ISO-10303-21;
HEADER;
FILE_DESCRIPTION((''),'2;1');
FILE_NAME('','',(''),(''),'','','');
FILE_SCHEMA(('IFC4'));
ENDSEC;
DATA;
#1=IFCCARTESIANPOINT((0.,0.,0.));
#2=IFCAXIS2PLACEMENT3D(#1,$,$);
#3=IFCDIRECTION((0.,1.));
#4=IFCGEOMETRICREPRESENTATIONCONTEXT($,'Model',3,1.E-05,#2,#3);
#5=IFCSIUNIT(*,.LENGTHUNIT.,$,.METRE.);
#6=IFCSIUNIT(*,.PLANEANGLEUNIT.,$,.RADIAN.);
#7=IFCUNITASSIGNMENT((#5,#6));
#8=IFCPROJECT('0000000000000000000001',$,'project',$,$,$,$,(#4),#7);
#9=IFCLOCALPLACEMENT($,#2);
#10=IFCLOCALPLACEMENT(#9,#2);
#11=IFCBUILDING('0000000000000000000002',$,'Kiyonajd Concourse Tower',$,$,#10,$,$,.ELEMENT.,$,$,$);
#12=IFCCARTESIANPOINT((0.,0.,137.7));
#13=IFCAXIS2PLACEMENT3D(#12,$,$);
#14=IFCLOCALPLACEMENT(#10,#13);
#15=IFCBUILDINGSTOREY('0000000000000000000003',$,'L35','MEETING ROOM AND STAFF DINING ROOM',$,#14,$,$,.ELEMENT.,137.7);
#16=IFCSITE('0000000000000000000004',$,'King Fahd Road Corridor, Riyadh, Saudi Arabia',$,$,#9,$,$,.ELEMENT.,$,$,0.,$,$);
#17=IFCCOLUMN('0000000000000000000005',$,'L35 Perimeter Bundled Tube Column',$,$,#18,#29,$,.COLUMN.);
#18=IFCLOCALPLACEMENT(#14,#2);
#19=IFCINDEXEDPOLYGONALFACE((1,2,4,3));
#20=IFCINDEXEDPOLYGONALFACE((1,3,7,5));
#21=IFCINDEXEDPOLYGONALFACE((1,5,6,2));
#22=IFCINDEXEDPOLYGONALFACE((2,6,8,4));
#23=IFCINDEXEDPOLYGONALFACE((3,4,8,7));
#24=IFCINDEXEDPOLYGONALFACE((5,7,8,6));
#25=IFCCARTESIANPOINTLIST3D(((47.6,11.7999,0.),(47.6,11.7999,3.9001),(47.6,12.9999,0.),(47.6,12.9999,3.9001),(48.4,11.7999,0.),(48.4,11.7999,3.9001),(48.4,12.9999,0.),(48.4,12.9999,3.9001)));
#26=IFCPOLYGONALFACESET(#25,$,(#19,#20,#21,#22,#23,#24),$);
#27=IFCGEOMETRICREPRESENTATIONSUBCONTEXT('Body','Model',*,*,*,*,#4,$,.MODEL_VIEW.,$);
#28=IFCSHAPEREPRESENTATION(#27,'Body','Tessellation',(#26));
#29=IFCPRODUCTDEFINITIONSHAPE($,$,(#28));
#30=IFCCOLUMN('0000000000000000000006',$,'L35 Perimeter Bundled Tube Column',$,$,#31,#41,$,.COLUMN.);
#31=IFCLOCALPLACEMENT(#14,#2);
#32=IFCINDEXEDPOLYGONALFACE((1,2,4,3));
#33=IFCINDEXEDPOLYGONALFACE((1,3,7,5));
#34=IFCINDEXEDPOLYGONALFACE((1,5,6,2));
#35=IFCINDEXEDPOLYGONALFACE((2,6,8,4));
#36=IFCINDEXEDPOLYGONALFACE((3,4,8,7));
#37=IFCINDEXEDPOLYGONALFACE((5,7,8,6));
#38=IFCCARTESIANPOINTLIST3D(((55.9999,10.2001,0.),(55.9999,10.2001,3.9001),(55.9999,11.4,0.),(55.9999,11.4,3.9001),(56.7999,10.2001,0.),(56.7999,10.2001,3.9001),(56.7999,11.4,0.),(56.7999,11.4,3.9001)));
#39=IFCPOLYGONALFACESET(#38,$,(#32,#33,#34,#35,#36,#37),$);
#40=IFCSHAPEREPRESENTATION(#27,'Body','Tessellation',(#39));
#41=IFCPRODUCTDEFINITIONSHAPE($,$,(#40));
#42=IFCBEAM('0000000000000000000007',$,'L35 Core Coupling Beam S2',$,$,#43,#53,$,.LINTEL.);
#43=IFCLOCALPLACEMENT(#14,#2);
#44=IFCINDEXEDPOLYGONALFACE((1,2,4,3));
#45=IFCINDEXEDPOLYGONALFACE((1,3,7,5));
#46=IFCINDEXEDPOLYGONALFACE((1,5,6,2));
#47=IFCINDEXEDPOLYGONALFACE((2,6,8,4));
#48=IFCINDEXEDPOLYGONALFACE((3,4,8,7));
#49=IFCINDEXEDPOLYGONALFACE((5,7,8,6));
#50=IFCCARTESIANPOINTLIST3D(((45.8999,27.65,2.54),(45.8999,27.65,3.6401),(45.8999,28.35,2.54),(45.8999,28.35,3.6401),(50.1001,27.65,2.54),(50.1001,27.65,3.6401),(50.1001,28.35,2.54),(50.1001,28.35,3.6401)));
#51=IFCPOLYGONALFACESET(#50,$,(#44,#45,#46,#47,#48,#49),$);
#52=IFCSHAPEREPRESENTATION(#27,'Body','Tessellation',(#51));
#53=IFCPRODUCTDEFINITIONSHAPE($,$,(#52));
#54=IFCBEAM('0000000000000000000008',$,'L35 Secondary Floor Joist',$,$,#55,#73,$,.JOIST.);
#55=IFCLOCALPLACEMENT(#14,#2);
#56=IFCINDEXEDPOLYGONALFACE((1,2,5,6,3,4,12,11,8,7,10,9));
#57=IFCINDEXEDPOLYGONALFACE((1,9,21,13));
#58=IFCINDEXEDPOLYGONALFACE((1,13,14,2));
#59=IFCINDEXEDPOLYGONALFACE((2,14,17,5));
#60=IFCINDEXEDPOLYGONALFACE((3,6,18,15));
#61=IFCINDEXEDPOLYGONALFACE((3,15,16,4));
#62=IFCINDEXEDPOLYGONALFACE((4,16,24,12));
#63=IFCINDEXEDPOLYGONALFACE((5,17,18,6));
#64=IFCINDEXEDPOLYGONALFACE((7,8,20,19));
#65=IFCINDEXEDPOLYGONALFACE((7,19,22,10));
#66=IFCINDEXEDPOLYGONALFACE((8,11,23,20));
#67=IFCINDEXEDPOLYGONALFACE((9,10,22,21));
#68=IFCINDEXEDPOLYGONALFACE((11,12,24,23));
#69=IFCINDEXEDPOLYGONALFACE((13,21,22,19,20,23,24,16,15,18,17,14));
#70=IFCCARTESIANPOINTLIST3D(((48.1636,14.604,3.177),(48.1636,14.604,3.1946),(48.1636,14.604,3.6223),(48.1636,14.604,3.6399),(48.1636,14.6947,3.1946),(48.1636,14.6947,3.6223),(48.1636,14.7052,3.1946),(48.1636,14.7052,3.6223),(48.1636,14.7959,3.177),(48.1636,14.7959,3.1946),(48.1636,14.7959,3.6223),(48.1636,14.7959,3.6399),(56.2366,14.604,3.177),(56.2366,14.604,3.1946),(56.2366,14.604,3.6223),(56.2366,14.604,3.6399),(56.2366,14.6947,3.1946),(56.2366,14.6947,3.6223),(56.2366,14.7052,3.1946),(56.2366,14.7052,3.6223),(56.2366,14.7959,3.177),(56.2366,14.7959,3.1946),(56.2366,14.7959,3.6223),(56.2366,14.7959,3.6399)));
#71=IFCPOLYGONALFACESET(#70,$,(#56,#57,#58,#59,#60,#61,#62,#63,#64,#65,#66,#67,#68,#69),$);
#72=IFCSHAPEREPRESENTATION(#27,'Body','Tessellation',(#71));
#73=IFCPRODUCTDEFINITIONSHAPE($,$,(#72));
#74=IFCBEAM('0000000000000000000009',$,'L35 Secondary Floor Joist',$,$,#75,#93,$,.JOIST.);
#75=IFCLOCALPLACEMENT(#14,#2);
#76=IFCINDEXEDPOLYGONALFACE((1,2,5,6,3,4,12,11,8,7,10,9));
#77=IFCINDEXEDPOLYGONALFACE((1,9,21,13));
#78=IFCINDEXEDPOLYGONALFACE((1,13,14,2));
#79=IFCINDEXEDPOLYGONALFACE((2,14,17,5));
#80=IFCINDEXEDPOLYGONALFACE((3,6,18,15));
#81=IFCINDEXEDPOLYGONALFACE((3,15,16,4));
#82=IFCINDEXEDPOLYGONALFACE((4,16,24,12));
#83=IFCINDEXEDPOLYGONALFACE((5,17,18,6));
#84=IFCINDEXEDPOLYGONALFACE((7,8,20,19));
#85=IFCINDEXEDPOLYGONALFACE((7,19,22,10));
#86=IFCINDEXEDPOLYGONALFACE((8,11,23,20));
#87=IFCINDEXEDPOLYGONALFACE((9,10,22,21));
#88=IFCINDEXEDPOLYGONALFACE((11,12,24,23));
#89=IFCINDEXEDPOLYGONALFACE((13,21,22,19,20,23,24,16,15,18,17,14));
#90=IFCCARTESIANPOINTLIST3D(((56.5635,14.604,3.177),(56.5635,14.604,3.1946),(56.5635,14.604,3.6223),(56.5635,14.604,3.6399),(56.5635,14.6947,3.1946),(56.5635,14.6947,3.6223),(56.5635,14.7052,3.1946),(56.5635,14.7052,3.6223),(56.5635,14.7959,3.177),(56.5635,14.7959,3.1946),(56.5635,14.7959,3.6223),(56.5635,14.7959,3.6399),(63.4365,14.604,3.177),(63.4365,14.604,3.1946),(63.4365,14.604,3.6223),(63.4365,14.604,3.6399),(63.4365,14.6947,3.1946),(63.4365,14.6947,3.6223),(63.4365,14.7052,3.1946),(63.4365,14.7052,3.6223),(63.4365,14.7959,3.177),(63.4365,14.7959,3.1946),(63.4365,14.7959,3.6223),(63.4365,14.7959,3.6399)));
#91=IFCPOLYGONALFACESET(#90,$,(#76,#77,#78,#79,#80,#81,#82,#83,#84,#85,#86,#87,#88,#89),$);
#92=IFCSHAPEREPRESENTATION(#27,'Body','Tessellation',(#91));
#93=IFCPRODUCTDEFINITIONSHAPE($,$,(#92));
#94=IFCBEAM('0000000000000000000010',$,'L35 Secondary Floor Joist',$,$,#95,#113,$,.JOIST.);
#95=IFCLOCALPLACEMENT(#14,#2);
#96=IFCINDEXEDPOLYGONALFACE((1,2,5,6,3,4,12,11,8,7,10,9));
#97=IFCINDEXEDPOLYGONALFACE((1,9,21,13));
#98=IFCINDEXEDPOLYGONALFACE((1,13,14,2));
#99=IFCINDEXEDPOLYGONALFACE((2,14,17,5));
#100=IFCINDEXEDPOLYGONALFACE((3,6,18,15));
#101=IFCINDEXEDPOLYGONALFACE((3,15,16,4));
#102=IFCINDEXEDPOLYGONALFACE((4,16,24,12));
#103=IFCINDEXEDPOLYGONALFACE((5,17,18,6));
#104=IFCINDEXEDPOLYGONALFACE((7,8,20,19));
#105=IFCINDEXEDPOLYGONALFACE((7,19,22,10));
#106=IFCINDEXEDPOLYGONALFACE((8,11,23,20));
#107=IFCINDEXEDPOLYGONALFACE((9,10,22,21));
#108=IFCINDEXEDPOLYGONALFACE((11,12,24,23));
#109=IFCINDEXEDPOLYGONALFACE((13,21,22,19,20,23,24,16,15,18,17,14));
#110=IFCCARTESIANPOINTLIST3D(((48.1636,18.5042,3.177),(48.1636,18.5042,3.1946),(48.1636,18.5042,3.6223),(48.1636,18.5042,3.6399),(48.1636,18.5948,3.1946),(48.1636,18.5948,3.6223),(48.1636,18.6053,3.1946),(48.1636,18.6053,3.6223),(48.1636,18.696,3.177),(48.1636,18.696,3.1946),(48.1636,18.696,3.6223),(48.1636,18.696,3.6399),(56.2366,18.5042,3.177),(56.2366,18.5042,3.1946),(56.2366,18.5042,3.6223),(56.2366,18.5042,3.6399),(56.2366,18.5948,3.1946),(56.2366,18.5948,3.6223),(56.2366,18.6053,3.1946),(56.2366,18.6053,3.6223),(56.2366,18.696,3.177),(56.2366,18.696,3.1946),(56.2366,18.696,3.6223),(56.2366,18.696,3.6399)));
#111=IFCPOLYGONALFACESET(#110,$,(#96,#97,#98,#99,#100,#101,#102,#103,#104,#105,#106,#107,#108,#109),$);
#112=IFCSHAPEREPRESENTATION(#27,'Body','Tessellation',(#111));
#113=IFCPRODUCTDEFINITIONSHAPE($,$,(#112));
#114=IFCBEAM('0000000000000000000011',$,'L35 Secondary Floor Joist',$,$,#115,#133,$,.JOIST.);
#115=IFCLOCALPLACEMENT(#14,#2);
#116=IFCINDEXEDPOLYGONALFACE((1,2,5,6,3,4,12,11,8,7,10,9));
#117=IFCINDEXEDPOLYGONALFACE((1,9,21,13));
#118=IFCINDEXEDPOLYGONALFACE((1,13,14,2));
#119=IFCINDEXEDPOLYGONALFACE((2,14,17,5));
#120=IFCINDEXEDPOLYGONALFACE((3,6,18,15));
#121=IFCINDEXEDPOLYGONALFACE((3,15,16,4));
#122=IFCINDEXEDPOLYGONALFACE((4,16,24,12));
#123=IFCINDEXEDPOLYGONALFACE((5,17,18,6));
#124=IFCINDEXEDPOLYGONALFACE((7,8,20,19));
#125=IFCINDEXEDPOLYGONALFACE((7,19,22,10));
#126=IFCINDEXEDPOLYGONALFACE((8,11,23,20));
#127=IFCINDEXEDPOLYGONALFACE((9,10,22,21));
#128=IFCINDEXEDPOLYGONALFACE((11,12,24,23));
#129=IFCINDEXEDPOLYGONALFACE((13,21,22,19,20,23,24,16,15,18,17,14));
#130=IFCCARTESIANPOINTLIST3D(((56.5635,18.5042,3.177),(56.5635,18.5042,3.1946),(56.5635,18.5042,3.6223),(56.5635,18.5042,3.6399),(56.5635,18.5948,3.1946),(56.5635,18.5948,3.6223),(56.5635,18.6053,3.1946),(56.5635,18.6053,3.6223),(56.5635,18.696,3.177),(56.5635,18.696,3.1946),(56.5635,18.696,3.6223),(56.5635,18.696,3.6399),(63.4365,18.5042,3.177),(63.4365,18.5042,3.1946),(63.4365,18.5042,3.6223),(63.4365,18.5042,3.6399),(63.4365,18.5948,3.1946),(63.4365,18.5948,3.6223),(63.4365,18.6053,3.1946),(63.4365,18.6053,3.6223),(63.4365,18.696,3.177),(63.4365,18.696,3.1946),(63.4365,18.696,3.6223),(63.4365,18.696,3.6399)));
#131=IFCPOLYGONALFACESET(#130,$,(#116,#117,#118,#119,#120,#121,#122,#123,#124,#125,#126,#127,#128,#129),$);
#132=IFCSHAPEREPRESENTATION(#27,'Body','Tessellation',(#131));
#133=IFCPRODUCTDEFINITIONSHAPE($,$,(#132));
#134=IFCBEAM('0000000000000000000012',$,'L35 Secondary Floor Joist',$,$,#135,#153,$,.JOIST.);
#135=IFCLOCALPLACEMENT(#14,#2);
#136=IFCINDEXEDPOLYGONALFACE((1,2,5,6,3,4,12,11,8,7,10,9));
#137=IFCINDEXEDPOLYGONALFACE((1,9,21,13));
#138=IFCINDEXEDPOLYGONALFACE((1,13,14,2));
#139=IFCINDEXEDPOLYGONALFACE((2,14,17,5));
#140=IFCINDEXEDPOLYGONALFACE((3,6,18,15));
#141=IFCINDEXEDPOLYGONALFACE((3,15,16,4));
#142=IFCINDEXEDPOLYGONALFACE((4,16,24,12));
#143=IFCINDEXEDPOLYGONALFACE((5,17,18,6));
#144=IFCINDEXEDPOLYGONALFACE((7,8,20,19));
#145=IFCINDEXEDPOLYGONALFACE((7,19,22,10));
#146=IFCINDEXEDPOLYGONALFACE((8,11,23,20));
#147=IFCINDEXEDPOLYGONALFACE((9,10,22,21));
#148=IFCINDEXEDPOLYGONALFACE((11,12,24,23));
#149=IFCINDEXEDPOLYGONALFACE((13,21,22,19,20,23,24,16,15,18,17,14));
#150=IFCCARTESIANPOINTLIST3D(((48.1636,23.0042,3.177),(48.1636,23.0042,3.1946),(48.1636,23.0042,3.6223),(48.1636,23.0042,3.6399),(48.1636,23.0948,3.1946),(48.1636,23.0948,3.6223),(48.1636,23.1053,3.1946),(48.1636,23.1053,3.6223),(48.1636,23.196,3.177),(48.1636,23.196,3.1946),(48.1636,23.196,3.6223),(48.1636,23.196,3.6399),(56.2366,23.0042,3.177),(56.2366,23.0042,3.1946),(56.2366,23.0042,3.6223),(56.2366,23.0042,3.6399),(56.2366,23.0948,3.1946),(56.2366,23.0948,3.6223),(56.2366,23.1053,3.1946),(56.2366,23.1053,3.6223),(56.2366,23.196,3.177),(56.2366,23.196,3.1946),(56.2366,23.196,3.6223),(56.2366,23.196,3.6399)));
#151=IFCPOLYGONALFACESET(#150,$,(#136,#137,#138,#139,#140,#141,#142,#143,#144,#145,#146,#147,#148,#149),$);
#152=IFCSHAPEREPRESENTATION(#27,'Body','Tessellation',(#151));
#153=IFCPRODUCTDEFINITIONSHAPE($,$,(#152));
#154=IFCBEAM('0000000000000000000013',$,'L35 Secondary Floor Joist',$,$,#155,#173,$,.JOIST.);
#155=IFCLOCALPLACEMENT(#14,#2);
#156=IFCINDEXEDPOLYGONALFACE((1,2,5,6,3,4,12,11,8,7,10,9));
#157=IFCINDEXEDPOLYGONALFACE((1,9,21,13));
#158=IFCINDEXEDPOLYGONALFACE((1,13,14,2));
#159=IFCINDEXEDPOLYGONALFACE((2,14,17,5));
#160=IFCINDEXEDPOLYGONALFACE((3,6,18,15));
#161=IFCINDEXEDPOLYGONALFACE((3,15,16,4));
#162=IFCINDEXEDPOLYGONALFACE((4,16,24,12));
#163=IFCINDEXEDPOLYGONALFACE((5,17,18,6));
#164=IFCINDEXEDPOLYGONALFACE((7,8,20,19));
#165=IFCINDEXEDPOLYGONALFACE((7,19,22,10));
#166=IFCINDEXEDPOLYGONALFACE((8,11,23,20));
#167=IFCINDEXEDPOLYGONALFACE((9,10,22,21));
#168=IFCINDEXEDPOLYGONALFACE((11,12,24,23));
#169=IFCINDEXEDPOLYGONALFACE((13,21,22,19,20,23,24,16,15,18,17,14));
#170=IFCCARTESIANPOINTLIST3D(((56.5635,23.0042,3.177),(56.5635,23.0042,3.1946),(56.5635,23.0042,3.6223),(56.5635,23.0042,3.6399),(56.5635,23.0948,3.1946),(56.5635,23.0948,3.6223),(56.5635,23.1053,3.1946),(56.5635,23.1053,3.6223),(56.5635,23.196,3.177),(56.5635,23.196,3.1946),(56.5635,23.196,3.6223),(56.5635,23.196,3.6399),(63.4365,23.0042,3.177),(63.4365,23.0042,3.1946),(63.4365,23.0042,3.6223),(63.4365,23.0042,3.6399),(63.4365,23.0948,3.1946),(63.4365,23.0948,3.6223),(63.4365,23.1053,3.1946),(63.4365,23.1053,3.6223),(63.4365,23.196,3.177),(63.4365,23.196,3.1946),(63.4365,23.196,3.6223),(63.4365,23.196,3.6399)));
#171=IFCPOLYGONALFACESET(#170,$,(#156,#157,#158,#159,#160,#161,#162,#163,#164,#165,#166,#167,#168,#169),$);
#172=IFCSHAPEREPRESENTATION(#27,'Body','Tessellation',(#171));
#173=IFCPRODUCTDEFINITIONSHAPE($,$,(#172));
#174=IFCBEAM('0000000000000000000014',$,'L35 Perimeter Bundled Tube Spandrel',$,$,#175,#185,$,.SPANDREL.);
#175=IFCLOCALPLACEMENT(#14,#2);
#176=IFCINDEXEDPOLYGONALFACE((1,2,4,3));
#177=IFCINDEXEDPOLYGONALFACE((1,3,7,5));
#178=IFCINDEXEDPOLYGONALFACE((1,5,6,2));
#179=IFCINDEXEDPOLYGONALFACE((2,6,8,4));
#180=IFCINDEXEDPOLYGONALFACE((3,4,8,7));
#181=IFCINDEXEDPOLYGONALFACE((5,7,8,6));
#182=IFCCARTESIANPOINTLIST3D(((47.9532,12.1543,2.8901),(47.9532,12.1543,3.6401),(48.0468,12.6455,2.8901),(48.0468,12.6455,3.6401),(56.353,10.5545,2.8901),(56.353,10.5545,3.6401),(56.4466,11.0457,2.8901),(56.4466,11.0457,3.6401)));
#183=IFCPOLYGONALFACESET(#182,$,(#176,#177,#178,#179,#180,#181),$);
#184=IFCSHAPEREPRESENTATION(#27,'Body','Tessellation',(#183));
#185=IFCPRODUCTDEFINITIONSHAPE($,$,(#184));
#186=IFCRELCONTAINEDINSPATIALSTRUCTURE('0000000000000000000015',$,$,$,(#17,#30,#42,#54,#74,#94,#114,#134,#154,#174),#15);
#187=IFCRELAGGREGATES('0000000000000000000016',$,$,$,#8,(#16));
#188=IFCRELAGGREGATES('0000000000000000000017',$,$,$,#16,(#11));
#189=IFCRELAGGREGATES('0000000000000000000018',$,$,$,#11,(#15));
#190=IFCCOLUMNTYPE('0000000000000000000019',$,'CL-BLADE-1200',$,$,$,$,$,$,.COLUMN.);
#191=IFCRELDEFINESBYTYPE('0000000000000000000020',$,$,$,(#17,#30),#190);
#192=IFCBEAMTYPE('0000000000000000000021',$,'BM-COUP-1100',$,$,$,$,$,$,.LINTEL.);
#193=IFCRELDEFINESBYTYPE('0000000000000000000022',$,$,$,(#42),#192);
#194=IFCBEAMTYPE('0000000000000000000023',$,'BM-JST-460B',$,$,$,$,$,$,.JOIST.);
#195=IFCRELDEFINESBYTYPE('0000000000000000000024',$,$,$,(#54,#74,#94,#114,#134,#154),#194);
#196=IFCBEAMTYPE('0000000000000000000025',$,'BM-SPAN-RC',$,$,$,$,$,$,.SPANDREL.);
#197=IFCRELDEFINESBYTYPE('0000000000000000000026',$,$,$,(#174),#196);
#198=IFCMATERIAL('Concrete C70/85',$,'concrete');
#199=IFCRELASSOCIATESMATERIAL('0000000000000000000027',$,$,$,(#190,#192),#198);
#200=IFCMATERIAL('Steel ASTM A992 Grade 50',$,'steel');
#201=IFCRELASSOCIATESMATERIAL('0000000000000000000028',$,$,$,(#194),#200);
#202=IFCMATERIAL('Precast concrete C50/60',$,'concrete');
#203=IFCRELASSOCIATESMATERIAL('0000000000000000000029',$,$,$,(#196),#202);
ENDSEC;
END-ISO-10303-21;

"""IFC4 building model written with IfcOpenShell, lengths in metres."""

from ifc_helpers import new_model, si_unit, direction, frame, origin, origin_2d, place, context, subcontext, project, spatial, rectangle, i_section, extrude, material, material_profile, profile_set, type_object, element, save


model = new_model("IFC4")

# Units and contexts
model_context = context("Model", 3, precision=1e-05, world=origin(), true_north=direction((0.0, 1.0)))
body_context = subcontext(model_context, "Body", "Model", "MODEL_VIEW")
ifc_project = project(units=[si_unit("LENGTHUNIT", "METRE"), si_unit("PLANEANGLEUNIT", "RADIAN")], contexts=[model_context])

# Site, building, storey
site_placement = place(None, origin())
site = spatial("IfcSite", under=ifc_project, at=site_placement, Name="King Fahd Road Corridor, Riyadh, Saudi Arabia", CompositionType="ELEMENT", RefElevation=0.0)
building_placement = place(site_placement, origin())
building = spatial("IfcBuilding", under=site, at=building_placement, Name="Kiyonajd Concourse Tower", CompositionType="ELEMENT")
storey_placement = place(building_placement, frame((0.0, 0.0, 137.7)))
storey = spatial("IfcBuildingStorey", under=building, at=storey_placement, Name="L35", Description="MEETING ROOM AND STAFF DINING ROOM", CompositionType="ELEMENT", Elevation=137.7)

# Columns
ifc_material_1 = material(Name="Concrete C70/85", Category="concrete")
ifc_material_profile_1 = material_profile(ifc_material_1, rectangle(XDim=0.8, YDim=1.2, at=origin_2d()), Name="RC-1200x800")
ifc_profile_set_1 = profile_set([ifc_material_profile_1], Name="Concrete C70/85")
column_type = type_object("IfcColumnType", Name="CL-BLADE-1200", PredefinedType="COLUMN", material=ifc_profile_set_1)
for number, where, z_axis, x_axis, name in (
    (1, (48.0, 12.3999, 0.0), (0.0, 0.0, 1.0), (1.0, 0.0, 0.0), "L35 Perimeter Bundled Tube Column"),
    (2, (56.3999, 10.8, 0.0), (0.0, 0.0, 1.0), (1.0, 0.0, 0.0), "L35 Perimeter Bundled Tube Column"),
):
    element("IfcColumn", number, at=place(storey_placement, frame(where, z_axis=z_axis, x_axis=x_axis)), inside=storey, type_object=column_type, Name=name, PredefinedType="COLUMN", context=body_context, shape_type="SweptSolid", body=[
        extrude(rectangle(XDim=0.8, YDim=1.2, at=origin_2d()), origin(), (0.0, 0.0, 1.0), 3.9001),
    ])

# Beams
ifc_material_profile_2 = material_profile(ifc_material_1, rectangle(XDim=0.7, YDim=1.1001, at=origin_2d()), Name="RCBM-700x1100")
ifc_profile_set_2 = profile_set([ifc_material_profile_2], Name="Concrete C70/85")
beam_type_1 = type_object("IfcBeamType", Name="BM-COUP-1100", PredefinedType="LINTEL", material=ifc_profile_set_2)
beam_1_placement = place(storey_placement, frame((45.8999, 28.0, 3.0901), z_axis=(1.0, 0.0, 0.0), x_axis=(0.0, 1.0, 0.0)))
element("IfcBeam", 3, at=beam_1_placement, inside=storey, type_object=beam_type_1, Name="L35 Core Coupling Beam S2", PredefinedType="LINTEL", context=body_context, shape_type="SweptSolid", body=[
    extrude(rectangle(XDim=0.7, YDim=1.1001, at=origin_2d()), origin(), (0.0, 0.0, 1.0), 4.2002),
])
ifc_material_2 = material(Name="Steel ASTM A992 Grade 50", Category="steel")
ifc_material_profile_3 = material_profile(ifc_material_2, i_section(OverallWidth=0.1919, OverallDepth=0.4629, WebThickness=0.0105, FlangeThickness=0.0176, at=origin_2d()), Name="W460X89")
ifc_profile_set_3 = profile_set([ifc_material_profile_3], Name="Steel ASTM A992 Grade 50")
beam_type_2 = type_object("IfcBeamType", Name="BM-JST-460B", PredefinedType="JOIST", material=ifc_profile_set_3)
beam_2_placement = place(storey_placement, frame((48.1636, 14.7, 3.4084), z_axis=(1.0, 0.0, 0.0), x_axis=(0.0, 1.0, 0.0)))
element("IfcBeam", 4, at=beam_2_placement, inside=storey, type_object=beam_type_2, Name="L35 Secondary Floor Joist", PredefinedType="JOIST", context=body_context, shape_type="SweptSolid", body=[
    extrude(i_section(OverallWidth=0.1919, OverallDepth=0.4629, WebThickness=0.0105, FlangeThickness=0.0176, at=origin_2d()), origin(), (0.0, 0.0, 1.0), 8.073),
])
beam_3_placement = place(storey_placement, frame((56.5635, 14.7, 3.4084), z_axis=(1.0, 0.0, 0.0), x_axis=(0.0, 1.0, 0.0)))
element("IfcBeam", 5, at=beam_3_placement, inside=storey, type_object=beam_type_2, Name="L35 Secondary Floor Joist", PredefinedType="JOIST", context=body_context, shape_type="SweptSolid", body=[
    extrude(i_section(OverallWidth=0.1919, OverallDepth=0.4629, WebThickness=0.0105, FlangeThickness=0.0176, at=origin_2d()), origin(), (0.0, 0.0, 1.0), 6.873),
])
beam_4_placement = place(storey_placement, frame((48.1636, 18.6001, 3.4084), z_axis=(1.0, 0.0, 0.0), x_axis=(0.0, 1.0, 0.0)))
element("IfcBeam", 6, at=beam_4_placement, inside=storey, type_object=beam_type_2, Name="L35 Secondary Floor Joist", PredefinedType="JOIST", context=body_context, shape_type="SweptSolid", body=[
    extrude(i_section(OverallWidth=0.1919, OverallDepth=0.4629, WebThickness=0.0105, FlangeThickness=0.0176, at=origin_2d()), origin(), (0.0, 0.0, 1.0), 8.073),
])
beam_5_placement = place(storey_placement, frame((56.5635, 18.6001, 3.4084), z_axis=(1.0, 0.0, 0.0), x_axis=(0.0, 1.0, 0.0)))
element("IfcBeam", 7, at=beam_5_placement, inside=storey, type_object=beam_type_2, Name="L35 Secondary Floor Joist", PredefinedType="JOIST", context=body_context, shape_type="SweptSolid", body=[
    extrude(i_section(OverallWidth=0.1919, OverallDepth=0.4629, WebThickness=0.0105, FlangeThickness=0.0176, at=origin_2d()), origin(), (0.0, 0.0, 1.0), 6.873),
])
beam_6_placement = place(storey_placement, frame((48.1636, 23.1001, 3.4084), z_axis=(1.0, 0.0, 0.0), x_axis=(0.0, 1.0, 0.0)))
element("IfcBeam", 8, at=beam_6_placement, inside=storey, type_object=beam_type_2, Name="L35 Secondary Floor Joist", PredefinedType="JOIST", context=body_context, shape_type="SweptSolid", body=[
    extrude(i_section(OverallWidth=0.1919, OverallDepth=0.4629, WebThickness=0.0105, FlangeThickness=0.0176, at=origin_2d()), origin(), (0.0, 0.0, 1.0), 8.073),
])
beam_7_placement = place(storey_placement, frame((56.5635, 23.1001, 3.4084), z_axis=(1.0, 0.0, 0.0), x_axis=(0.0, 1.0, 0.0)))
element("IfcBeam", 9, at=beam_7_placement, inside=storey, type_object=beam_type_2, Name="L35 Secondary Floor Joist", PredefinedType="JOIST", context=body_context, shape_type="SweptSolid", body=[
    extrude(i_section(OverallWidth=0.1919, OverallDepth=0.4629, WebThickness=0.0105, FlangeThickness=0.0176, at=origin_2d()), origin(), (0.0, 0.0, 1.0), 6.873),
])
ifc_material_3 = material(Name="Precast concrete C50/60", Category="concrete")
ifc_material_profile_4 = material_profile(ifc_material_3, rectangle(XDim=0.5, YDim=0.75, at=origin_2d()), Name="RCBM-500x750")
ifc_profile_set_4 = profile_set([ifc_material_profile_4], Name="Precast concrete C50/60")
beam_type_3 = type_object("IfcBeamType", Name="BM-SPAN-RC", PredefinedType="SPANDREL", material=ifc_profile_set_4)
beam_8_placement = place(storey_placement, frame((48.0, 12.3999, 3.2651), z_axis=(0.982341, -0.187098, 0.0), x_axis=(0.187098, 0.982341, 0.0)))
element("IfcBeam", 10, at=beam_8_placement, inside=storey, type_object=beam_type_3, Name="L35 Perimeter Bundled Tube Spandrel", PredefinedType="SPANDREL", context=body_context, shape_type="SweptSolid", body=[
    extrude(rectangle(XDim=0.5, YDim=0.75, at=origin_2d()), origin(), (0.0, 0.0, 1.0), 8.5508),
])

save(model, "model.ifc")
